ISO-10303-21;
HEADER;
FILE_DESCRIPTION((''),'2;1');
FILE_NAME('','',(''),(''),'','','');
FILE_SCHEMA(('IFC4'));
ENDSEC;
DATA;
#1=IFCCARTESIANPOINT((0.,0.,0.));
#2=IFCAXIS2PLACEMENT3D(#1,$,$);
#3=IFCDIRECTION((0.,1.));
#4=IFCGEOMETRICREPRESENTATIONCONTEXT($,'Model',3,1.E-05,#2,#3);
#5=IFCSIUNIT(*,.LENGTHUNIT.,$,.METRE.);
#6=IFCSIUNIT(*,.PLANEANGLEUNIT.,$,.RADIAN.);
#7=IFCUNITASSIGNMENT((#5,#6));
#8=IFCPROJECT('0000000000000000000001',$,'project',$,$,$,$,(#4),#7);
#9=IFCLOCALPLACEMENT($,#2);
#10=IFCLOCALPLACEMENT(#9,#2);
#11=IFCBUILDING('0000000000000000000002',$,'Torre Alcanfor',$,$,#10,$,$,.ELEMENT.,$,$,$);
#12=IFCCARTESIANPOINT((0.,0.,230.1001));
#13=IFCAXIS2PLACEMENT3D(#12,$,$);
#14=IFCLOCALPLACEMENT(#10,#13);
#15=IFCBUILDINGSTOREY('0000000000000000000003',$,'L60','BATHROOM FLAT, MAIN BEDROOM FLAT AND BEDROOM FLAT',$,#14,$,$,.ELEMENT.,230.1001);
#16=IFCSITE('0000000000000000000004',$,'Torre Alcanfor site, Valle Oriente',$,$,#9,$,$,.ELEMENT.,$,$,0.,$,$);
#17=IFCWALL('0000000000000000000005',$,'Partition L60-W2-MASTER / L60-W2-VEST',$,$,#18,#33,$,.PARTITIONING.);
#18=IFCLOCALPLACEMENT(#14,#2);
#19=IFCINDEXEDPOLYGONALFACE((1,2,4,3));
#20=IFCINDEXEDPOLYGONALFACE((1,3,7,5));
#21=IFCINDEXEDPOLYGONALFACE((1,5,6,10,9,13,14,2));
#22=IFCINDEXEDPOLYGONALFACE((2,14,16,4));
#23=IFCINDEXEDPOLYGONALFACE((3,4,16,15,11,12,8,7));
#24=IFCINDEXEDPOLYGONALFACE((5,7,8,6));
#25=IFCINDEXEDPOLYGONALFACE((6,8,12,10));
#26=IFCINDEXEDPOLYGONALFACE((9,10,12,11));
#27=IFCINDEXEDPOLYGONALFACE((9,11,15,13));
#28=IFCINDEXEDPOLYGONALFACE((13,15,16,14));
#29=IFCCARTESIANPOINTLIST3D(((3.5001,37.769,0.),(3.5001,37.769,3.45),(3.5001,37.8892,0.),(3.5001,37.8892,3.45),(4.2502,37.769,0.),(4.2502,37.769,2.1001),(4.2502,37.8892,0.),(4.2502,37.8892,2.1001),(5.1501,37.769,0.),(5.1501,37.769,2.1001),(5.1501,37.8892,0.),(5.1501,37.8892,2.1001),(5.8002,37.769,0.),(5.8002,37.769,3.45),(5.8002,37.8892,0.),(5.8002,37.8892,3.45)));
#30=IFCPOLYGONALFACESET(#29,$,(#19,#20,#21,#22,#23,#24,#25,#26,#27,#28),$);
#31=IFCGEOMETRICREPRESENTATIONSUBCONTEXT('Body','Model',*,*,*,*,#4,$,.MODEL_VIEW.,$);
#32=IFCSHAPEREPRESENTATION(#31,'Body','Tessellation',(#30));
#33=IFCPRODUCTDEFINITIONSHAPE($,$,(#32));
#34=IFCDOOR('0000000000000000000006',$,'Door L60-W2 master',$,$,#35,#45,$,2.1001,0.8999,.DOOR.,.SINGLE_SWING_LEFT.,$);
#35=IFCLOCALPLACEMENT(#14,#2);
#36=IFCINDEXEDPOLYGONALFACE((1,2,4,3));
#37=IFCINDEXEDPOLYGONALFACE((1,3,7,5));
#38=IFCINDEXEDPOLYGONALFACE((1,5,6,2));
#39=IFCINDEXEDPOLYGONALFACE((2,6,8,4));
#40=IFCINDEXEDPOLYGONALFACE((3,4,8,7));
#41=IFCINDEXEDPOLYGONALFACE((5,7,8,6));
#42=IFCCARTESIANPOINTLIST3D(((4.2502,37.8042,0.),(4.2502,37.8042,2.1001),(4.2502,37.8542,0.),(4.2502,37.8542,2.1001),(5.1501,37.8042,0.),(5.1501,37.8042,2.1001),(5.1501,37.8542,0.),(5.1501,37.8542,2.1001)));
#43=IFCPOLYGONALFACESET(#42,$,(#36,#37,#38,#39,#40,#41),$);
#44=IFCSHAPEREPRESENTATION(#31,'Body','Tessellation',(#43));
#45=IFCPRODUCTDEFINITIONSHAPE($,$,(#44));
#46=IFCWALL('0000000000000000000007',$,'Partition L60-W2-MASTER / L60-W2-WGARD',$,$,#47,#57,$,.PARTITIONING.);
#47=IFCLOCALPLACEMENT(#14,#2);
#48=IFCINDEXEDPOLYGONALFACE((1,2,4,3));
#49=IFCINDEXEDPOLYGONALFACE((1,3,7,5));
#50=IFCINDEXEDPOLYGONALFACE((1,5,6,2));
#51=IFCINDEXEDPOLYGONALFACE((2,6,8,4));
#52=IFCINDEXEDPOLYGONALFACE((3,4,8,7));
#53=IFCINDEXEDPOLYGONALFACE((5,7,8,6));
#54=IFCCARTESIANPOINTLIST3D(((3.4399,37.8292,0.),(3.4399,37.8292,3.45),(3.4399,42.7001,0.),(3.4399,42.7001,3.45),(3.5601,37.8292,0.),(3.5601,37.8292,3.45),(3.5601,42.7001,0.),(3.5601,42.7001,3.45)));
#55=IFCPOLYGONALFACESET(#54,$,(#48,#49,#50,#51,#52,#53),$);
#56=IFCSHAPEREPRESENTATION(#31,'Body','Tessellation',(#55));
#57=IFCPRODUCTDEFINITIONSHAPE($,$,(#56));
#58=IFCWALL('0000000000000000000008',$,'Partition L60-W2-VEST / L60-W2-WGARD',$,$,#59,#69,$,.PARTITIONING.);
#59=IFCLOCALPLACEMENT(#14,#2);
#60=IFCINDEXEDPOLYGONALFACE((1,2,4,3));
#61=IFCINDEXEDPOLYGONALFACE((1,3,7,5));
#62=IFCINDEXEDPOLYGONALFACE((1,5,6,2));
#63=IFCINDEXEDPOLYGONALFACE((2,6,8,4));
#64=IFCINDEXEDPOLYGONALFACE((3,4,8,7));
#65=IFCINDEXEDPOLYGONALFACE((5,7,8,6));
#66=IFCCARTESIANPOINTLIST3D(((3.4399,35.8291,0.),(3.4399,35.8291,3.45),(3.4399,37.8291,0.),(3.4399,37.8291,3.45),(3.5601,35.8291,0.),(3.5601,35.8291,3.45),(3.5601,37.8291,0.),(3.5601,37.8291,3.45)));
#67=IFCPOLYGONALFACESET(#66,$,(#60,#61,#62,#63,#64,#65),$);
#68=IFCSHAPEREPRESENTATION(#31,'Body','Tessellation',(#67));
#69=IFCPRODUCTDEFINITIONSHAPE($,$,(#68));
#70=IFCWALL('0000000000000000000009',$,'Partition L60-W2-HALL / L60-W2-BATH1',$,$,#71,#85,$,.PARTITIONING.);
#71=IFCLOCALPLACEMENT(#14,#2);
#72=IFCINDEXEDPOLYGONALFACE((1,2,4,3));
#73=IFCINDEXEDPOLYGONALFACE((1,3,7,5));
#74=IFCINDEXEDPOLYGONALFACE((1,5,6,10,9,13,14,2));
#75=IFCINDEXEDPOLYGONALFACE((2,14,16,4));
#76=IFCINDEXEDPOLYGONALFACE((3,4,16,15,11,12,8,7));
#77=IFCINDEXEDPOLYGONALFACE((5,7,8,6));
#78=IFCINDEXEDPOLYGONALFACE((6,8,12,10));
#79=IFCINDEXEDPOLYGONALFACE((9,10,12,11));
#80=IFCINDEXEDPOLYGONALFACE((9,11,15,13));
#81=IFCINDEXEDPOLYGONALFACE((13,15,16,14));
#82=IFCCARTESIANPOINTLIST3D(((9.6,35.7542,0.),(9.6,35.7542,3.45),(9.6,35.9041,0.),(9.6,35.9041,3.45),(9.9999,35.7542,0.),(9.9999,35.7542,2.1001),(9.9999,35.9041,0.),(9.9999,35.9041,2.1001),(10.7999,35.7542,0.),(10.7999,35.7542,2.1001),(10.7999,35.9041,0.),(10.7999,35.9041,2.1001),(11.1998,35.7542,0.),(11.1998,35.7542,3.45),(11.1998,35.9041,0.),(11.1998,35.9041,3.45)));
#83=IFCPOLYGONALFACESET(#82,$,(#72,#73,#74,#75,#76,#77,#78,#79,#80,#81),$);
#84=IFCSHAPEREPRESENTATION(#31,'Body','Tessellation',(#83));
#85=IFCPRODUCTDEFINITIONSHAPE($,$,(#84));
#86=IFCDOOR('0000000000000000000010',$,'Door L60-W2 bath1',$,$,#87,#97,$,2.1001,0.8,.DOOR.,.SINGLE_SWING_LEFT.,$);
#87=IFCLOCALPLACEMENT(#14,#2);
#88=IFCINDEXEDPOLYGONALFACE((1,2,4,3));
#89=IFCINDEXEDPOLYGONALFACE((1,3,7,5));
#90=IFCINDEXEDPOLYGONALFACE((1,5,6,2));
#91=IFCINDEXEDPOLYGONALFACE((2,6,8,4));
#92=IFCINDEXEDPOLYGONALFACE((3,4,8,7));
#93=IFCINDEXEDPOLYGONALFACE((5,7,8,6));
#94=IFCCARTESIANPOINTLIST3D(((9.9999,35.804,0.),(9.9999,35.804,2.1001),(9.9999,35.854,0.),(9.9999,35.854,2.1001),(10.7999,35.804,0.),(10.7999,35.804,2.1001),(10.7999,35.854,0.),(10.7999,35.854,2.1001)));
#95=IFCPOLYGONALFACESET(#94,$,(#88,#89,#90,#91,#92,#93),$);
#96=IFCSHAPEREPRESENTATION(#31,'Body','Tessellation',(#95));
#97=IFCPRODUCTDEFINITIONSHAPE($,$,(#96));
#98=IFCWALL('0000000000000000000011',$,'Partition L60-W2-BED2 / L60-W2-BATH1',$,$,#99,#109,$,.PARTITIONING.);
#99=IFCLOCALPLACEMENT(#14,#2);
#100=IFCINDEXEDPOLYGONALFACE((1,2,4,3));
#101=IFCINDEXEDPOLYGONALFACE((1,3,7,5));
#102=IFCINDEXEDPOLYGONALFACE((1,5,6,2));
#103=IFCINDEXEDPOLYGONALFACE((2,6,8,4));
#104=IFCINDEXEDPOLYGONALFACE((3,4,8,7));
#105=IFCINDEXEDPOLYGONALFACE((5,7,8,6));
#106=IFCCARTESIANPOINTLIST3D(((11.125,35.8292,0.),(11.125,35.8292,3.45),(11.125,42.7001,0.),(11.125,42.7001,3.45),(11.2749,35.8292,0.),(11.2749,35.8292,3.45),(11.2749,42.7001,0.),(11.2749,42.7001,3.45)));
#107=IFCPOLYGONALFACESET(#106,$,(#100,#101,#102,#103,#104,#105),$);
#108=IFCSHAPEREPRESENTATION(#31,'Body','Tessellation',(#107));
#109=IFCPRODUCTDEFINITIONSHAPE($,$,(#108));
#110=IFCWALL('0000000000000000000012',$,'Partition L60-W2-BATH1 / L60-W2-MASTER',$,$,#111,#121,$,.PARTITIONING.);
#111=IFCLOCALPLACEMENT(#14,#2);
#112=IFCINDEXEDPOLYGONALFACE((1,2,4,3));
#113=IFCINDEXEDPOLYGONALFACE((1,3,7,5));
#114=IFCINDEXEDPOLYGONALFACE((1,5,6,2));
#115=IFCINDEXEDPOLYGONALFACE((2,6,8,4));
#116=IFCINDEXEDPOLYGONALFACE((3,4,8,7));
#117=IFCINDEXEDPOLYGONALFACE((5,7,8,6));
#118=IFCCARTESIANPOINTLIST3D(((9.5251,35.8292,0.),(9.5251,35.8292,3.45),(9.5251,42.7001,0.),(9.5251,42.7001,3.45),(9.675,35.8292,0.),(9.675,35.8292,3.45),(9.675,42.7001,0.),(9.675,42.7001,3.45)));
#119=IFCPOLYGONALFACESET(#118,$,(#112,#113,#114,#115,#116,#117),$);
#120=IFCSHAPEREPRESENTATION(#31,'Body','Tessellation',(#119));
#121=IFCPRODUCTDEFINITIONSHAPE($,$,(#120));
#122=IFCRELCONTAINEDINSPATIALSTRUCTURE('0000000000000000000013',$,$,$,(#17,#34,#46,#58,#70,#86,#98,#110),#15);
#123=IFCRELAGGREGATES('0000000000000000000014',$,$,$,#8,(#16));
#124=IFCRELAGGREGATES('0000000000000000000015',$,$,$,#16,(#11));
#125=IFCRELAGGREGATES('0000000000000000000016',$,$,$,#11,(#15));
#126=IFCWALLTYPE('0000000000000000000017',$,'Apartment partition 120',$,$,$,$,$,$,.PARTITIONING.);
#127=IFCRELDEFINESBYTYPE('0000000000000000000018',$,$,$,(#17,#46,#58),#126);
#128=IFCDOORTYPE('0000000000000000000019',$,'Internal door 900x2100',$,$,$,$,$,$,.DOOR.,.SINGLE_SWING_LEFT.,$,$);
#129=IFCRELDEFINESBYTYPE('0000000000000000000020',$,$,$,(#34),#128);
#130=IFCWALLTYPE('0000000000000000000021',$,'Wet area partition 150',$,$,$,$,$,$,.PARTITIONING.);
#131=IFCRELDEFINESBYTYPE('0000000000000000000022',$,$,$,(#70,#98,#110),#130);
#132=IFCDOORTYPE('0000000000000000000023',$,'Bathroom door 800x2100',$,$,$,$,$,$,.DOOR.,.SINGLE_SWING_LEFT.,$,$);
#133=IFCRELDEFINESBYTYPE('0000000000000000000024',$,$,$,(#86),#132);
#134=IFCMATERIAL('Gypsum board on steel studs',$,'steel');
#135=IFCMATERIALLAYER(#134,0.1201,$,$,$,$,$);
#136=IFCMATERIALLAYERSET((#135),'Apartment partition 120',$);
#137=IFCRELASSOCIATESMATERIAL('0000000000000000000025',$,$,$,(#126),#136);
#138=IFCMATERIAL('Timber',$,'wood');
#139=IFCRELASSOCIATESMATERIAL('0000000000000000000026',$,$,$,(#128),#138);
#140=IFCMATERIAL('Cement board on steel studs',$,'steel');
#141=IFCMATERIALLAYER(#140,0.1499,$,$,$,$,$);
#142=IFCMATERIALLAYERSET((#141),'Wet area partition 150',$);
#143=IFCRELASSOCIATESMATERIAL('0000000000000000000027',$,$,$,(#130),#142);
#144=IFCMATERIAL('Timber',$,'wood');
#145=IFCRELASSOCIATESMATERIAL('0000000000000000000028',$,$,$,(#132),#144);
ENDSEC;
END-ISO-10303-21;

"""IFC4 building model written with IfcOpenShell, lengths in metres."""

from ifc_helpers import new_model, si_unit, direction, frame, frame_2d, origin, place, context, subcontext, project, spatial, rectangle, extrude, material, layer, layer_set, type_object, element, fill, save


model = new_model("IFC4")

# Units and contexts
model_context = context("Model", 3, precision=1e-05, world=origin(), true_north=direction((0.0, 1.0)))
body_context = subcontext(model_context, "Body", "Model", "MODEL_VIEW")
ifc_project = project(units=[si_unit("LENGTHUNIT", "METRE"), si_unit("PLANEANGLEUNIT", "RADIAN")], contexts=[model_context])

# Site, building, storey
site_placement = place(None, origin())
site = spatial("IfcSite", under=ifc_project, at=site_placement, Name="Torre Alcanfor site, Valle Oriente", CompositionType="ELEMENT", RefElevation=0.0)
building_placement = place(site_placement, origin())
building = spatial("IfcBuilding", under=site, at=building_placement, Name="Torre Alcanfor", CompositionType="ELEMENT")
storey_placement = place(building_placement, frame((0.0, 0.0, 230.1001)))
storey = spatial("IfcBuildingStorey", under=building, at=storey_placement, Name="L60", Description="BATHROOM FLAT, MAIN BEDROOM FLAT AND BEDROOM FLAT", CompositionType="ELEMENT", Elevation=230.1001)

# Shared definitions
ifc_material_1 = material(Name="Gypsum board on steel studs", Category="steel")
ifc_layer_1 = layer(ifc_material_1, 0.1201)
ifc_layer_set_1 = layer_set([ifc_layer_1], Name="Apartment partition 120")
wall_type_1 = type_object("IfcWallType", Name="Apartment partition 120", PredefinedType="PARTITIONING", material=ifc_layer_set_1)
ifc_material_2 = material(Name="Timber", Category="wood")
door_type_1 = type_object("IfcDoorType", Name="Internal door 900x2100", OperationType="SINGLE_SWING_LEFT", PredefinedType="DOOR", material=ifc_material_2)

# Wall, opening, door
wall_1_placement = place(storey_placement, frame((5.8, 37.8291, 0.0), z_axis=(0.0, 0.0, 1.0), x_axis=(-1.0, 0.0, 0.0)))
wall_1 = element("IfcWall", 1, at=wall_1_placement, inside=storey, type_object=wall_type_1, Name="Partition L60-W2-MASTER / L60-W2-VEST", PredefinedType="PARTITIONING", context=body_context, shape_type="SweptSolid", body=[
    extrude(rectangle(XDim=2.3, YDim=0.1201, at=frame_2d((1.1499, 0.0))), origin(), (0.0, 0.0, 1.0), 3.45),
])
opening_1_placement = place(wall_1_placement, frame((0.6499, 0.0, 0.0)))
opening_1 = element("IfcOpeningElement", 2, at=opening_1_placement, cuts=wall_1, PredefinedType="OPENING", context=body_context, shape_type="SweptSolid", body=[
    extrude(rectangle(XDim=0.8999, YDim=2.1001, at=frame_2d((0.45, 1.05))), frame((0.0, 0.0701, 0.0), z_axis=(0.0, -1.0, 0.0), x_axis=(1.0, 0.0, 0.0)), (0.0, 0.0, 1.0), 0.1401),
])
door_1_placement = place(opening_1_placement, origin())
door_1 = element("IfcDoor", 3, at=door_1_placement, inside=storey, type_object=door_type_1, Name="Door L60-W2 master", OperationType="SINGLE_SWING_LEFT", OverallHeight=2.1001, OverallWidth=0.8999, PredefinedType="DOOR", context=body_context, shape_type="SweptSolid", body=[
    extrude(rectangle(XDim=0.8999, YDim=2.1001, at=frame_2d((0.45, 1.05))), frame((0.0, 0.0249, 0.0), z_axis=(0.0, -1.0, 0.0), x_axis=(1.0, 0.0, 0.0)), (0.0, 0.0, 1.0), 0.05),
])
fill(opening_1, door_1)

# Walls
wall_2_placement = place(storey_placement, frame((3.5, 37.8291, 0.0), z_axis=(0.0, 0.0, 1.0), x_axis=(0.0, 1.0, 0.0)))
element("IfcWall", 4, at=wall_2_placement, inside=storey, type_object=wall_type_1, Name="Partition L60-W2-MASTER / L60-W2-WGARD", PredefinedType="PARTITIONING", context=body_context, shape_type="SweptSolid", body=[
    extrude(rectangle(XDim=4.8708, YDim=0.1201, at=frame_2d((2.4355, 0.0))), origin(), (0.0, 0.0, 1.0), 3.45),
])
wall_3_placement = place(storey_placement, frame((3.5, 35.8291, 0.0), z_axis=(0.0, 0.0, 1.0), x_axis=(0.0, 1.0, 0.0)))
element("IfcWall", 5, at=wall_3_placement, inside=storey, type_object=wall_type_1, Name="Partition L60-W2-VEST / L60-W2-WGARD", PredefinedType="PARTITIONING", context=body_context, shape_type="SweptSolid", body=[
    extrude(rectangle(XDim=2.0, YDim=0.1201, at=frame_2d((1.0, 0.0))), origin(), (0.0, 0.0, 1.0), 3.45),
])

# Wall, opening, door
ifc_material_3 = material(Name="Cement board on steel studs", Category="steel")
ifc_layer_2 = layer(ifc_material_3, 0.1499)
ifc_layer_set_2 = layer_set([ifc_layer_2], Name="Wet area partition 150")
wall_type_2 = type_object("IfcWallType", Name="Wet area partition 150", PredefinedType="PARTITIONING", material=ifc_layer_set_2)
wall_4_placement = place(storey_placement, frame((9.6001, 35.8291, 0.0), z_axis=(0.0, 0.0, 1.0), x_axis=(1.0, 0.0, 0.0)))
wall_4 = element("IfcWall", 6, at=wall_4_placement, inside=storey, type_object=wall_type_2, Name="Partition L60-W2-HALL / L60-W2-BATH1", PredefinedType="PARTITIONING", context=body_context, shape_type="SweptSolid", body=[
    extrude(rectangle(XDim=1.5999, YDim=0.1499, at=frame_2d((0.7998, 0.0))), origin(), (0.0, 0.0, 1.0), 3.45),
])
opening_2_placement = place(wall_4_placement, frame((0.3999, 0.0, 0.0)))
opening_2 = element("IfcOpeningElement", 7, at=opening_2_placement, cuts=wall_4, PredefinedType="OPENING", context=body_context, shape_type="SweptSolid", body=[
    extrude(rectangle(XDim=0.8, YDim=2.1001, at=frame_2d((0.3999, 1.05))), frame((0.0, 0.085, 0.0), z_axis=(0.0, -1.0, 0.0), x_axis=(1.0, 0.0, 0.0)), (0.0, 0.0, 1.0), 0.1699),
])
ifc_material_4 = material(Name="Timber", Category="wood")
door_type_2 = type_object("IfcDoorType", Name="Bathroom door 800x2100", OperationType="SINGLE_SWING_LEFT", PredefinedType="DOOR", material=ifc_material_4)
door_2_placement = place(opening_2_placement, origin())
door_2 = element("IfcDoor", 8, at=door_2_placement, inside=storey, type_object=door_type_2, Name="Door L60-W2 bath1", OperationType="SINGLE_SWING_LEFT", OverallHeight=2.1001, OverallWidth=0.8, PredefinedType="DOOR", context=body_context, shape_type="SweptSolid", body=[
    extrude(rectangle(XDim=0.8, YDim=2.1001, at=frame_2d((0.3999, 1.05))), frame((0.0, 0.0249, 0.0), z_axis=(0.0, -1.0, 0.0), x_axis=(1.0, 0.0, 0.0)), (0.0, 0.0, 1.0), 0.05),
])
fill(opening_2, door_2)

# Walls
for number, where, z_axis, x_axis, name in (
    (9, (11.2, 35.8291, 0.0), (0.0, 0.0, 1.0), (0.0, 1.0, 0.0), "Partition L60-W2-BED2 / L60-W2-BATH1"),
    (10, (9.6001, 35.8291, 0.0), (0.0, 0.0, 1.0), (0.0, 1.0, 0.0), "Partition L60-W2-BATH1 / L60-W2-MASTER"),
):
    element("IfcWall", number, at=place(storey_placement, frame(where, z_axis=z_axis, x_axis=x_axis)), inside=storey, type_object=wall_type_2, Name=name, PredefinedType="PARTITIONING", context=body_context, shape_type="SweptSolid", body=[
        extrude(rectangle(XDim=6.8708, YDim=0.1499, at=frame_2d((3.4355, 0.0))), origin(), (0.0, 0.0, 1.0), 3.45),
    ])

save(model, "model.ifc")
